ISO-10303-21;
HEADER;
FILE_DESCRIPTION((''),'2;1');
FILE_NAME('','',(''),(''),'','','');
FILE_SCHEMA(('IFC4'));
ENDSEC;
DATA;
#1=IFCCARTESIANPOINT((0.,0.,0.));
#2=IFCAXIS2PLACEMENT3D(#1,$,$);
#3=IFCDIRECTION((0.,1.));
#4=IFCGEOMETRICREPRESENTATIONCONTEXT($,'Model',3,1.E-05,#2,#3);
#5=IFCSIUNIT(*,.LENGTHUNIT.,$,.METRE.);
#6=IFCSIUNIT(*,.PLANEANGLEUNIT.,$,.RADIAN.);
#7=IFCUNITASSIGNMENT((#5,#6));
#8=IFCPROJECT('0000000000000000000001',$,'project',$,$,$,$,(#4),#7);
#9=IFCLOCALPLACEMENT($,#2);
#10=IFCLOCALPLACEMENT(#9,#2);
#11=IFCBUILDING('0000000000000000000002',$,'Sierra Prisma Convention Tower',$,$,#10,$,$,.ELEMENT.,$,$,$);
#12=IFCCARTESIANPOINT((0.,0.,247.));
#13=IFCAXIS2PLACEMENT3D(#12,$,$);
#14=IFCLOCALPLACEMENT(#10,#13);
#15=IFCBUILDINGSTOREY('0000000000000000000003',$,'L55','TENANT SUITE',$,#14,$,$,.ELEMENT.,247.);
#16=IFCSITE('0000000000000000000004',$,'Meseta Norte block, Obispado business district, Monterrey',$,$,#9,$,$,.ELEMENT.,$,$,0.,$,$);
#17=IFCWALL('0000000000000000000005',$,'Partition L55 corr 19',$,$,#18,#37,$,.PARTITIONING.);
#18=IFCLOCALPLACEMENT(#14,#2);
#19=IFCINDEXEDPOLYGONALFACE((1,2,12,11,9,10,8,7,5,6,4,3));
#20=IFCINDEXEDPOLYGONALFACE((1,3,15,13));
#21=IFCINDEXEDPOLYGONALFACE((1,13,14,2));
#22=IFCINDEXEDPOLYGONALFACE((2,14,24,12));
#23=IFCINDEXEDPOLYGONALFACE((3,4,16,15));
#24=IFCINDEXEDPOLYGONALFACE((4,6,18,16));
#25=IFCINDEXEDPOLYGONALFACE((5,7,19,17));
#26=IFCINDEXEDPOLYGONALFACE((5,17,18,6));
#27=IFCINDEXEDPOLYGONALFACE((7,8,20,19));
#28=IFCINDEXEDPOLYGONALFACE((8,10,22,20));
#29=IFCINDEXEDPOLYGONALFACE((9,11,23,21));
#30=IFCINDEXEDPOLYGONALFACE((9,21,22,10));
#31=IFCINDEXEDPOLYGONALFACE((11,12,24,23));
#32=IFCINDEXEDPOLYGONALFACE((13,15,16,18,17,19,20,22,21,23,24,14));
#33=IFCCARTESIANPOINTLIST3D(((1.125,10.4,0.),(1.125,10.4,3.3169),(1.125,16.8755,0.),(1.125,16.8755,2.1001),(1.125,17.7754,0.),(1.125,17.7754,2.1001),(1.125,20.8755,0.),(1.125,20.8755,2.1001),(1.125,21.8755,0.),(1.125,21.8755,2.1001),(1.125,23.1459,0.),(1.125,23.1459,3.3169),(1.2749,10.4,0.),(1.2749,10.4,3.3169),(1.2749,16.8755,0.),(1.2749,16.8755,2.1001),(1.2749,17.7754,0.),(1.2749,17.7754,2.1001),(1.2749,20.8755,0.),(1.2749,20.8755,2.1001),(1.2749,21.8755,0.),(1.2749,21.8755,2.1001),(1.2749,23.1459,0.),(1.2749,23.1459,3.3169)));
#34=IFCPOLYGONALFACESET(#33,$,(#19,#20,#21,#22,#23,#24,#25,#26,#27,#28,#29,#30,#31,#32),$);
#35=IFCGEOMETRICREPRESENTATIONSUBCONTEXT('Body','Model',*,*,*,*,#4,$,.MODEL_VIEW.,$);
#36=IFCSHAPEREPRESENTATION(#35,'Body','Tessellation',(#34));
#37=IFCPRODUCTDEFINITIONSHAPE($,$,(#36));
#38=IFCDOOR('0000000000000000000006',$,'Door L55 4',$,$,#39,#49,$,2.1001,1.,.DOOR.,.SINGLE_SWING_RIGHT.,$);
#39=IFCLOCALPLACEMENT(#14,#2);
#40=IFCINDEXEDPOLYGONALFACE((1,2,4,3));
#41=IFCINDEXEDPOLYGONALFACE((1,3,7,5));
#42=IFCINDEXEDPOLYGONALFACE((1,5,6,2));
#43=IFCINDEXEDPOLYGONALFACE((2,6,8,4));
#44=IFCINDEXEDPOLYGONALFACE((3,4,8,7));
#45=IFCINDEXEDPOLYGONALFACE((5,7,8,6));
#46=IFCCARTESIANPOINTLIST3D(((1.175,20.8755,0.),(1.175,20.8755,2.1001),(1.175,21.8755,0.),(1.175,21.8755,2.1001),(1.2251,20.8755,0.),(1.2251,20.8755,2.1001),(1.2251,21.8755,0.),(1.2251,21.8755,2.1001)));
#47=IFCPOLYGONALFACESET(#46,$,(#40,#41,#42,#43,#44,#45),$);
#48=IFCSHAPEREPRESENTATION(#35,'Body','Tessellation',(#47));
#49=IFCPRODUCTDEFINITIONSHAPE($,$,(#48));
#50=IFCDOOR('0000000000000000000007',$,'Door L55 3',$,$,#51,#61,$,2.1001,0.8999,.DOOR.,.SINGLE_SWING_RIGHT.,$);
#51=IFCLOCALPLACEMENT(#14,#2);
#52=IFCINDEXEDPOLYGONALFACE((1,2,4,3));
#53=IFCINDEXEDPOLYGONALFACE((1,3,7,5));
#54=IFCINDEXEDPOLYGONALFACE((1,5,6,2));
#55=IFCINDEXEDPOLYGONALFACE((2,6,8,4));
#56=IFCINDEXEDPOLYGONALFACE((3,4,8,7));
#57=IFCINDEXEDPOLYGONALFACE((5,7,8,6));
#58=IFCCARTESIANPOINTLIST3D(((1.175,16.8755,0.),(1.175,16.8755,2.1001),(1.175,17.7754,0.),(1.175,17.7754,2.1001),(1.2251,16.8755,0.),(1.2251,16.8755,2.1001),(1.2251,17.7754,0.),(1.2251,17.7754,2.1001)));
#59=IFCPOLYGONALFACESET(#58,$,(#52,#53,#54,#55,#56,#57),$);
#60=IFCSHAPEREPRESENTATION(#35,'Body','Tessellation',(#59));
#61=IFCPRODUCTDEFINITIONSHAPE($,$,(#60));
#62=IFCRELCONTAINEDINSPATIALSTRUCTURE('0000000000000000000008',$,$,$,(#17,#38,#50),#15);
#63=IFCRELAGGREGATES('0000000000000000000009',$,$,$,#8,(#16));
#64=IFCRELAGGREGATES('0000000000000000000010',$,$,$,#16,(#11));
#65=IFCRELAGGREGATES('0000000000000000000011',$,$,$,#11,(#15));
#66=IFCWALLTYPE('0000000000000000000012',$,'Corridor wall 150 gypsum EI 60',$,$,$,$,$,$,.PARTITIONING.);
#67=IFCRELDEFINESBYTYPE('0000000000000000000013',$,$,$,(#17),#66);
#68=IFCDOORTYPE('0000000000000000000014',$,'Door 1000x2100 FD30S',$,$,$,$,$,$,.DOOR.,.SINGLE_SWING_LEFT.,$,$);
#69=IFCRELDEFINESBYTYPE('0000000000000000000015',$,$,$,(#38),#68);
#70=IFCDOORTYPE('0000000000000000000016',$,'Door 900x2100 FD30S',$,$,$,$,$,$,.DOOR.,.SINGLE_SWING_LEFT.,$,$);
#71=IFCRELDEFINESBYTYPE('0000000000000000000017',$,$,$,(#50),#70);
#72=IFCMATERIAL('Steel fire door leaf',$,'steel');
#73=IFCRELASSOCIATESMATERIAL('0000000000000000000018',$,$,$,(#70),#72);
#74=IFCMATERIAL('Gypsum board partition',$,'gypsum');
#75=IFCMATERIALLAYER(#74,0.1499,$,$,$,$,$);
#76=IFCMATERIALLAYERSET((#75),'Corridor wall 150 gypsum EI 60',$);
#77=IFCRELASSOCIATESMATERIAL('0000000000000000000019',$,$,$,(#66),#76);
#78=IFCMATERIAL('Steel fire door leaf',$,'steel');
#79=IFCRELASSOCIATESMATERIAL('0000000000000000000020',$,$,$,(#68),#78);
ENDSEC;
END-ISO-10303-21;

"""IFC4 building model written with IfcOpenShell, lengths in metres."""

from ifc_helpers import new_model, si_unit, direction, frame, frame_2d, origin, place, context, subcontext, project, spatial, rectangle, extrude, material, layer, layer_set, type_object, element, fill, save


model = new_model("IFC4")

# Units and contexts
model_context = context("Model", 3, precision=1e-05, world=origin(), true_north=direction((0.0, 1.0)))
body_context = subcontext(model_context, "Body", "Model", "MODEL_VIEW")
ifc_project = project(units=[si_unit("LENGTHUNIT", "METRE"), si_unit("PLANEANGLEUNIT", "RADIAN")], contexts=[model_context])

# Site, building, storey
site_placement = place(None, origin())
site = spatial("IfcSite", under=ifc_project, at=site_placement, Name="Meseta Norte block, Obispado business district, Monterrey", CompositionType="ELEMENT", RefElevation=0.0)
building_placement = place(site_placement, origin())
building = spatial("IfcBuilding", under=site, at=building_placement, Name="Sierra Prisma Convention Tower", CompositionType="ELEMENT")
storey_placement = place(building_placement, frame((0.0, 0.0, 247.0)))
storey = spatial("IfcBuildingStorey", under=building, at=storey_placement, Name="L55", Description="TENANT SUITE", CompositionType="ELEMENT", Elevation=247.0)

# Shared definitions
ifc_material_1 = material(Name="Steel fire door leaf", Category="steel")
door_type_1 = type_object("IfcDoorType", Name="Door 900x2100 FD30S", OperationType="SINGLE_SWING_LEFT", PredefinedType="DOOR", material=ifc_material_1)

# Wall, openings, doors
ifc_material_2 = material(Name="Gypsum board partition", Category="gypsum")
ifc_layer_1 = layer(ifc_material_2, 0.1499)
ifc_layer_set_1 = layer_set([ifc_layer_1], Name="Corridor wall 150 gypsum EI 60")
wall_type_1 = type_object("IfcWallType", Name="Corridor wall 150 gypsum EI 60", PredefinedType="PARTITIONING", material=ifc_layer_set_1)
wall_1_placement = place(storey_placement, frame((1.2, 10.3999, 0.0), z_axis=(0.0, 0.0, 1.0), x_axis=(0.0, 1.0, 0.0)))
wall_1 = element("IfcWall", 1, at=wall_1_placement, inside=storey, type_object=wall_type_1, Name="Partition L55 corr 19", PredefinedType="PARTITIONING", context=body_context, shape_type="SweptSolid", body=[
    extrude(rectangle(XDim=12.7458, YDim=0.1499, at=frame_2d((6.373, 0.0))), origin(), (0.0, 0.0, 1.0), 3.3169),
])
opening_1_placement = place(wall_1_placement, frame((6.4756, 0.0, 0.0)))
opening_1 = element("IfcOpeningElement", 2, at=opening_1_placement, cuts=wall_1, PredefinedType="OPENING", context=body_context, shape_type="SweptSolid", body=[
    extrude(rectangle(XDim=0.8999, YDim=2.1001, at=frame_2d((0.45, 1.05))), frame((0.0, 0.075, 0.0), z_axis=(0.0, -1.0, 0.0), x_axis=(1.0, 0.0, 0.0)), (0.0, 0.0, 1.0), 0.1499),
])
opening_2_placement = place(wall_1_placement, frame((10.4756, 0.0, 0.0)))
opening_2 = element("IfcOpeningElement", 3, at=opening_2_placement, cuts=wall_1, PredefinedType="OPENING", context=body_context, shape_type="SweptSolid", body=[
    extrude(rectangle(XDim=1.0, YDim=2.1001, at=frame_2d((0.5, 1.05))), frame((0.0, 0.075, 0.0), z_axis=(0.0, -1.0, 0.0), x_axis=(1.0, 0.0, 0.0)), (0.0, 0.0, 1.0), 0.1499),
])
ifc_material_3 = material(Name="Steel fire door leaf", Category="steel")
door_type_2 = type_object("IfcDoorType", Name="Door 1000x2100 FD30S", OperationType="SINGLE_SWING_LEFT", PredefinedType="DOOR", material=ifc_material_3)
door_1_placement = place(opening_2_placement, origin())
door_1 = element("IfcDoor", 4, at=door_1_placement, inside=storey, type_object=door_type_2, Name="Door L55 4", OperationType="SINGLE_SWING_RIGHT", OverallHeight=2.1001, OverallWidth=1.0, PredefinedType="DOOR", context=body_context, shape_type="SweptSolid", body=[
    extrude(rectangle(XDim=1.0, YDim=2.1001, at=frame_2d((0.5, 1.05))), frame((0.0, 0.0249, 0.0), z_axis=(0.0, -1.0, 0.0), x_axis=(1.0, 0.0, 0.0)), (0.0, 0.0, 1.0), 0.05),
])
fill(opening_2, door_1)
door_2_placement = place(opening_1_placement, origin())
door_2 = element("IfcDoor", 5, at=door_2_placement, inside=storey, type_object=door_type_1, Name="Door L55 3", OperationType="SINGLE_SWING_RIGHT", OverallHeight=2.1001, OverallWidth=0.8999, PredefinedType="DOOR", context=body_context, shape_type="SweptSolid", body=[
    extrude(rectangle(XDim=0.8999, YDim=2.1001, at=frame_2d((0.45, 1.05))), frame((0.0, 0.0249, 0.0), z_axis=(0.0, -1.0, 0.0), x_axis=(1.0, 0.0, 0.0)), (0.0, 0.0, 1.0), 0.05),
])
fill(opening_1, door_2)

save(model, "model.ifc")
